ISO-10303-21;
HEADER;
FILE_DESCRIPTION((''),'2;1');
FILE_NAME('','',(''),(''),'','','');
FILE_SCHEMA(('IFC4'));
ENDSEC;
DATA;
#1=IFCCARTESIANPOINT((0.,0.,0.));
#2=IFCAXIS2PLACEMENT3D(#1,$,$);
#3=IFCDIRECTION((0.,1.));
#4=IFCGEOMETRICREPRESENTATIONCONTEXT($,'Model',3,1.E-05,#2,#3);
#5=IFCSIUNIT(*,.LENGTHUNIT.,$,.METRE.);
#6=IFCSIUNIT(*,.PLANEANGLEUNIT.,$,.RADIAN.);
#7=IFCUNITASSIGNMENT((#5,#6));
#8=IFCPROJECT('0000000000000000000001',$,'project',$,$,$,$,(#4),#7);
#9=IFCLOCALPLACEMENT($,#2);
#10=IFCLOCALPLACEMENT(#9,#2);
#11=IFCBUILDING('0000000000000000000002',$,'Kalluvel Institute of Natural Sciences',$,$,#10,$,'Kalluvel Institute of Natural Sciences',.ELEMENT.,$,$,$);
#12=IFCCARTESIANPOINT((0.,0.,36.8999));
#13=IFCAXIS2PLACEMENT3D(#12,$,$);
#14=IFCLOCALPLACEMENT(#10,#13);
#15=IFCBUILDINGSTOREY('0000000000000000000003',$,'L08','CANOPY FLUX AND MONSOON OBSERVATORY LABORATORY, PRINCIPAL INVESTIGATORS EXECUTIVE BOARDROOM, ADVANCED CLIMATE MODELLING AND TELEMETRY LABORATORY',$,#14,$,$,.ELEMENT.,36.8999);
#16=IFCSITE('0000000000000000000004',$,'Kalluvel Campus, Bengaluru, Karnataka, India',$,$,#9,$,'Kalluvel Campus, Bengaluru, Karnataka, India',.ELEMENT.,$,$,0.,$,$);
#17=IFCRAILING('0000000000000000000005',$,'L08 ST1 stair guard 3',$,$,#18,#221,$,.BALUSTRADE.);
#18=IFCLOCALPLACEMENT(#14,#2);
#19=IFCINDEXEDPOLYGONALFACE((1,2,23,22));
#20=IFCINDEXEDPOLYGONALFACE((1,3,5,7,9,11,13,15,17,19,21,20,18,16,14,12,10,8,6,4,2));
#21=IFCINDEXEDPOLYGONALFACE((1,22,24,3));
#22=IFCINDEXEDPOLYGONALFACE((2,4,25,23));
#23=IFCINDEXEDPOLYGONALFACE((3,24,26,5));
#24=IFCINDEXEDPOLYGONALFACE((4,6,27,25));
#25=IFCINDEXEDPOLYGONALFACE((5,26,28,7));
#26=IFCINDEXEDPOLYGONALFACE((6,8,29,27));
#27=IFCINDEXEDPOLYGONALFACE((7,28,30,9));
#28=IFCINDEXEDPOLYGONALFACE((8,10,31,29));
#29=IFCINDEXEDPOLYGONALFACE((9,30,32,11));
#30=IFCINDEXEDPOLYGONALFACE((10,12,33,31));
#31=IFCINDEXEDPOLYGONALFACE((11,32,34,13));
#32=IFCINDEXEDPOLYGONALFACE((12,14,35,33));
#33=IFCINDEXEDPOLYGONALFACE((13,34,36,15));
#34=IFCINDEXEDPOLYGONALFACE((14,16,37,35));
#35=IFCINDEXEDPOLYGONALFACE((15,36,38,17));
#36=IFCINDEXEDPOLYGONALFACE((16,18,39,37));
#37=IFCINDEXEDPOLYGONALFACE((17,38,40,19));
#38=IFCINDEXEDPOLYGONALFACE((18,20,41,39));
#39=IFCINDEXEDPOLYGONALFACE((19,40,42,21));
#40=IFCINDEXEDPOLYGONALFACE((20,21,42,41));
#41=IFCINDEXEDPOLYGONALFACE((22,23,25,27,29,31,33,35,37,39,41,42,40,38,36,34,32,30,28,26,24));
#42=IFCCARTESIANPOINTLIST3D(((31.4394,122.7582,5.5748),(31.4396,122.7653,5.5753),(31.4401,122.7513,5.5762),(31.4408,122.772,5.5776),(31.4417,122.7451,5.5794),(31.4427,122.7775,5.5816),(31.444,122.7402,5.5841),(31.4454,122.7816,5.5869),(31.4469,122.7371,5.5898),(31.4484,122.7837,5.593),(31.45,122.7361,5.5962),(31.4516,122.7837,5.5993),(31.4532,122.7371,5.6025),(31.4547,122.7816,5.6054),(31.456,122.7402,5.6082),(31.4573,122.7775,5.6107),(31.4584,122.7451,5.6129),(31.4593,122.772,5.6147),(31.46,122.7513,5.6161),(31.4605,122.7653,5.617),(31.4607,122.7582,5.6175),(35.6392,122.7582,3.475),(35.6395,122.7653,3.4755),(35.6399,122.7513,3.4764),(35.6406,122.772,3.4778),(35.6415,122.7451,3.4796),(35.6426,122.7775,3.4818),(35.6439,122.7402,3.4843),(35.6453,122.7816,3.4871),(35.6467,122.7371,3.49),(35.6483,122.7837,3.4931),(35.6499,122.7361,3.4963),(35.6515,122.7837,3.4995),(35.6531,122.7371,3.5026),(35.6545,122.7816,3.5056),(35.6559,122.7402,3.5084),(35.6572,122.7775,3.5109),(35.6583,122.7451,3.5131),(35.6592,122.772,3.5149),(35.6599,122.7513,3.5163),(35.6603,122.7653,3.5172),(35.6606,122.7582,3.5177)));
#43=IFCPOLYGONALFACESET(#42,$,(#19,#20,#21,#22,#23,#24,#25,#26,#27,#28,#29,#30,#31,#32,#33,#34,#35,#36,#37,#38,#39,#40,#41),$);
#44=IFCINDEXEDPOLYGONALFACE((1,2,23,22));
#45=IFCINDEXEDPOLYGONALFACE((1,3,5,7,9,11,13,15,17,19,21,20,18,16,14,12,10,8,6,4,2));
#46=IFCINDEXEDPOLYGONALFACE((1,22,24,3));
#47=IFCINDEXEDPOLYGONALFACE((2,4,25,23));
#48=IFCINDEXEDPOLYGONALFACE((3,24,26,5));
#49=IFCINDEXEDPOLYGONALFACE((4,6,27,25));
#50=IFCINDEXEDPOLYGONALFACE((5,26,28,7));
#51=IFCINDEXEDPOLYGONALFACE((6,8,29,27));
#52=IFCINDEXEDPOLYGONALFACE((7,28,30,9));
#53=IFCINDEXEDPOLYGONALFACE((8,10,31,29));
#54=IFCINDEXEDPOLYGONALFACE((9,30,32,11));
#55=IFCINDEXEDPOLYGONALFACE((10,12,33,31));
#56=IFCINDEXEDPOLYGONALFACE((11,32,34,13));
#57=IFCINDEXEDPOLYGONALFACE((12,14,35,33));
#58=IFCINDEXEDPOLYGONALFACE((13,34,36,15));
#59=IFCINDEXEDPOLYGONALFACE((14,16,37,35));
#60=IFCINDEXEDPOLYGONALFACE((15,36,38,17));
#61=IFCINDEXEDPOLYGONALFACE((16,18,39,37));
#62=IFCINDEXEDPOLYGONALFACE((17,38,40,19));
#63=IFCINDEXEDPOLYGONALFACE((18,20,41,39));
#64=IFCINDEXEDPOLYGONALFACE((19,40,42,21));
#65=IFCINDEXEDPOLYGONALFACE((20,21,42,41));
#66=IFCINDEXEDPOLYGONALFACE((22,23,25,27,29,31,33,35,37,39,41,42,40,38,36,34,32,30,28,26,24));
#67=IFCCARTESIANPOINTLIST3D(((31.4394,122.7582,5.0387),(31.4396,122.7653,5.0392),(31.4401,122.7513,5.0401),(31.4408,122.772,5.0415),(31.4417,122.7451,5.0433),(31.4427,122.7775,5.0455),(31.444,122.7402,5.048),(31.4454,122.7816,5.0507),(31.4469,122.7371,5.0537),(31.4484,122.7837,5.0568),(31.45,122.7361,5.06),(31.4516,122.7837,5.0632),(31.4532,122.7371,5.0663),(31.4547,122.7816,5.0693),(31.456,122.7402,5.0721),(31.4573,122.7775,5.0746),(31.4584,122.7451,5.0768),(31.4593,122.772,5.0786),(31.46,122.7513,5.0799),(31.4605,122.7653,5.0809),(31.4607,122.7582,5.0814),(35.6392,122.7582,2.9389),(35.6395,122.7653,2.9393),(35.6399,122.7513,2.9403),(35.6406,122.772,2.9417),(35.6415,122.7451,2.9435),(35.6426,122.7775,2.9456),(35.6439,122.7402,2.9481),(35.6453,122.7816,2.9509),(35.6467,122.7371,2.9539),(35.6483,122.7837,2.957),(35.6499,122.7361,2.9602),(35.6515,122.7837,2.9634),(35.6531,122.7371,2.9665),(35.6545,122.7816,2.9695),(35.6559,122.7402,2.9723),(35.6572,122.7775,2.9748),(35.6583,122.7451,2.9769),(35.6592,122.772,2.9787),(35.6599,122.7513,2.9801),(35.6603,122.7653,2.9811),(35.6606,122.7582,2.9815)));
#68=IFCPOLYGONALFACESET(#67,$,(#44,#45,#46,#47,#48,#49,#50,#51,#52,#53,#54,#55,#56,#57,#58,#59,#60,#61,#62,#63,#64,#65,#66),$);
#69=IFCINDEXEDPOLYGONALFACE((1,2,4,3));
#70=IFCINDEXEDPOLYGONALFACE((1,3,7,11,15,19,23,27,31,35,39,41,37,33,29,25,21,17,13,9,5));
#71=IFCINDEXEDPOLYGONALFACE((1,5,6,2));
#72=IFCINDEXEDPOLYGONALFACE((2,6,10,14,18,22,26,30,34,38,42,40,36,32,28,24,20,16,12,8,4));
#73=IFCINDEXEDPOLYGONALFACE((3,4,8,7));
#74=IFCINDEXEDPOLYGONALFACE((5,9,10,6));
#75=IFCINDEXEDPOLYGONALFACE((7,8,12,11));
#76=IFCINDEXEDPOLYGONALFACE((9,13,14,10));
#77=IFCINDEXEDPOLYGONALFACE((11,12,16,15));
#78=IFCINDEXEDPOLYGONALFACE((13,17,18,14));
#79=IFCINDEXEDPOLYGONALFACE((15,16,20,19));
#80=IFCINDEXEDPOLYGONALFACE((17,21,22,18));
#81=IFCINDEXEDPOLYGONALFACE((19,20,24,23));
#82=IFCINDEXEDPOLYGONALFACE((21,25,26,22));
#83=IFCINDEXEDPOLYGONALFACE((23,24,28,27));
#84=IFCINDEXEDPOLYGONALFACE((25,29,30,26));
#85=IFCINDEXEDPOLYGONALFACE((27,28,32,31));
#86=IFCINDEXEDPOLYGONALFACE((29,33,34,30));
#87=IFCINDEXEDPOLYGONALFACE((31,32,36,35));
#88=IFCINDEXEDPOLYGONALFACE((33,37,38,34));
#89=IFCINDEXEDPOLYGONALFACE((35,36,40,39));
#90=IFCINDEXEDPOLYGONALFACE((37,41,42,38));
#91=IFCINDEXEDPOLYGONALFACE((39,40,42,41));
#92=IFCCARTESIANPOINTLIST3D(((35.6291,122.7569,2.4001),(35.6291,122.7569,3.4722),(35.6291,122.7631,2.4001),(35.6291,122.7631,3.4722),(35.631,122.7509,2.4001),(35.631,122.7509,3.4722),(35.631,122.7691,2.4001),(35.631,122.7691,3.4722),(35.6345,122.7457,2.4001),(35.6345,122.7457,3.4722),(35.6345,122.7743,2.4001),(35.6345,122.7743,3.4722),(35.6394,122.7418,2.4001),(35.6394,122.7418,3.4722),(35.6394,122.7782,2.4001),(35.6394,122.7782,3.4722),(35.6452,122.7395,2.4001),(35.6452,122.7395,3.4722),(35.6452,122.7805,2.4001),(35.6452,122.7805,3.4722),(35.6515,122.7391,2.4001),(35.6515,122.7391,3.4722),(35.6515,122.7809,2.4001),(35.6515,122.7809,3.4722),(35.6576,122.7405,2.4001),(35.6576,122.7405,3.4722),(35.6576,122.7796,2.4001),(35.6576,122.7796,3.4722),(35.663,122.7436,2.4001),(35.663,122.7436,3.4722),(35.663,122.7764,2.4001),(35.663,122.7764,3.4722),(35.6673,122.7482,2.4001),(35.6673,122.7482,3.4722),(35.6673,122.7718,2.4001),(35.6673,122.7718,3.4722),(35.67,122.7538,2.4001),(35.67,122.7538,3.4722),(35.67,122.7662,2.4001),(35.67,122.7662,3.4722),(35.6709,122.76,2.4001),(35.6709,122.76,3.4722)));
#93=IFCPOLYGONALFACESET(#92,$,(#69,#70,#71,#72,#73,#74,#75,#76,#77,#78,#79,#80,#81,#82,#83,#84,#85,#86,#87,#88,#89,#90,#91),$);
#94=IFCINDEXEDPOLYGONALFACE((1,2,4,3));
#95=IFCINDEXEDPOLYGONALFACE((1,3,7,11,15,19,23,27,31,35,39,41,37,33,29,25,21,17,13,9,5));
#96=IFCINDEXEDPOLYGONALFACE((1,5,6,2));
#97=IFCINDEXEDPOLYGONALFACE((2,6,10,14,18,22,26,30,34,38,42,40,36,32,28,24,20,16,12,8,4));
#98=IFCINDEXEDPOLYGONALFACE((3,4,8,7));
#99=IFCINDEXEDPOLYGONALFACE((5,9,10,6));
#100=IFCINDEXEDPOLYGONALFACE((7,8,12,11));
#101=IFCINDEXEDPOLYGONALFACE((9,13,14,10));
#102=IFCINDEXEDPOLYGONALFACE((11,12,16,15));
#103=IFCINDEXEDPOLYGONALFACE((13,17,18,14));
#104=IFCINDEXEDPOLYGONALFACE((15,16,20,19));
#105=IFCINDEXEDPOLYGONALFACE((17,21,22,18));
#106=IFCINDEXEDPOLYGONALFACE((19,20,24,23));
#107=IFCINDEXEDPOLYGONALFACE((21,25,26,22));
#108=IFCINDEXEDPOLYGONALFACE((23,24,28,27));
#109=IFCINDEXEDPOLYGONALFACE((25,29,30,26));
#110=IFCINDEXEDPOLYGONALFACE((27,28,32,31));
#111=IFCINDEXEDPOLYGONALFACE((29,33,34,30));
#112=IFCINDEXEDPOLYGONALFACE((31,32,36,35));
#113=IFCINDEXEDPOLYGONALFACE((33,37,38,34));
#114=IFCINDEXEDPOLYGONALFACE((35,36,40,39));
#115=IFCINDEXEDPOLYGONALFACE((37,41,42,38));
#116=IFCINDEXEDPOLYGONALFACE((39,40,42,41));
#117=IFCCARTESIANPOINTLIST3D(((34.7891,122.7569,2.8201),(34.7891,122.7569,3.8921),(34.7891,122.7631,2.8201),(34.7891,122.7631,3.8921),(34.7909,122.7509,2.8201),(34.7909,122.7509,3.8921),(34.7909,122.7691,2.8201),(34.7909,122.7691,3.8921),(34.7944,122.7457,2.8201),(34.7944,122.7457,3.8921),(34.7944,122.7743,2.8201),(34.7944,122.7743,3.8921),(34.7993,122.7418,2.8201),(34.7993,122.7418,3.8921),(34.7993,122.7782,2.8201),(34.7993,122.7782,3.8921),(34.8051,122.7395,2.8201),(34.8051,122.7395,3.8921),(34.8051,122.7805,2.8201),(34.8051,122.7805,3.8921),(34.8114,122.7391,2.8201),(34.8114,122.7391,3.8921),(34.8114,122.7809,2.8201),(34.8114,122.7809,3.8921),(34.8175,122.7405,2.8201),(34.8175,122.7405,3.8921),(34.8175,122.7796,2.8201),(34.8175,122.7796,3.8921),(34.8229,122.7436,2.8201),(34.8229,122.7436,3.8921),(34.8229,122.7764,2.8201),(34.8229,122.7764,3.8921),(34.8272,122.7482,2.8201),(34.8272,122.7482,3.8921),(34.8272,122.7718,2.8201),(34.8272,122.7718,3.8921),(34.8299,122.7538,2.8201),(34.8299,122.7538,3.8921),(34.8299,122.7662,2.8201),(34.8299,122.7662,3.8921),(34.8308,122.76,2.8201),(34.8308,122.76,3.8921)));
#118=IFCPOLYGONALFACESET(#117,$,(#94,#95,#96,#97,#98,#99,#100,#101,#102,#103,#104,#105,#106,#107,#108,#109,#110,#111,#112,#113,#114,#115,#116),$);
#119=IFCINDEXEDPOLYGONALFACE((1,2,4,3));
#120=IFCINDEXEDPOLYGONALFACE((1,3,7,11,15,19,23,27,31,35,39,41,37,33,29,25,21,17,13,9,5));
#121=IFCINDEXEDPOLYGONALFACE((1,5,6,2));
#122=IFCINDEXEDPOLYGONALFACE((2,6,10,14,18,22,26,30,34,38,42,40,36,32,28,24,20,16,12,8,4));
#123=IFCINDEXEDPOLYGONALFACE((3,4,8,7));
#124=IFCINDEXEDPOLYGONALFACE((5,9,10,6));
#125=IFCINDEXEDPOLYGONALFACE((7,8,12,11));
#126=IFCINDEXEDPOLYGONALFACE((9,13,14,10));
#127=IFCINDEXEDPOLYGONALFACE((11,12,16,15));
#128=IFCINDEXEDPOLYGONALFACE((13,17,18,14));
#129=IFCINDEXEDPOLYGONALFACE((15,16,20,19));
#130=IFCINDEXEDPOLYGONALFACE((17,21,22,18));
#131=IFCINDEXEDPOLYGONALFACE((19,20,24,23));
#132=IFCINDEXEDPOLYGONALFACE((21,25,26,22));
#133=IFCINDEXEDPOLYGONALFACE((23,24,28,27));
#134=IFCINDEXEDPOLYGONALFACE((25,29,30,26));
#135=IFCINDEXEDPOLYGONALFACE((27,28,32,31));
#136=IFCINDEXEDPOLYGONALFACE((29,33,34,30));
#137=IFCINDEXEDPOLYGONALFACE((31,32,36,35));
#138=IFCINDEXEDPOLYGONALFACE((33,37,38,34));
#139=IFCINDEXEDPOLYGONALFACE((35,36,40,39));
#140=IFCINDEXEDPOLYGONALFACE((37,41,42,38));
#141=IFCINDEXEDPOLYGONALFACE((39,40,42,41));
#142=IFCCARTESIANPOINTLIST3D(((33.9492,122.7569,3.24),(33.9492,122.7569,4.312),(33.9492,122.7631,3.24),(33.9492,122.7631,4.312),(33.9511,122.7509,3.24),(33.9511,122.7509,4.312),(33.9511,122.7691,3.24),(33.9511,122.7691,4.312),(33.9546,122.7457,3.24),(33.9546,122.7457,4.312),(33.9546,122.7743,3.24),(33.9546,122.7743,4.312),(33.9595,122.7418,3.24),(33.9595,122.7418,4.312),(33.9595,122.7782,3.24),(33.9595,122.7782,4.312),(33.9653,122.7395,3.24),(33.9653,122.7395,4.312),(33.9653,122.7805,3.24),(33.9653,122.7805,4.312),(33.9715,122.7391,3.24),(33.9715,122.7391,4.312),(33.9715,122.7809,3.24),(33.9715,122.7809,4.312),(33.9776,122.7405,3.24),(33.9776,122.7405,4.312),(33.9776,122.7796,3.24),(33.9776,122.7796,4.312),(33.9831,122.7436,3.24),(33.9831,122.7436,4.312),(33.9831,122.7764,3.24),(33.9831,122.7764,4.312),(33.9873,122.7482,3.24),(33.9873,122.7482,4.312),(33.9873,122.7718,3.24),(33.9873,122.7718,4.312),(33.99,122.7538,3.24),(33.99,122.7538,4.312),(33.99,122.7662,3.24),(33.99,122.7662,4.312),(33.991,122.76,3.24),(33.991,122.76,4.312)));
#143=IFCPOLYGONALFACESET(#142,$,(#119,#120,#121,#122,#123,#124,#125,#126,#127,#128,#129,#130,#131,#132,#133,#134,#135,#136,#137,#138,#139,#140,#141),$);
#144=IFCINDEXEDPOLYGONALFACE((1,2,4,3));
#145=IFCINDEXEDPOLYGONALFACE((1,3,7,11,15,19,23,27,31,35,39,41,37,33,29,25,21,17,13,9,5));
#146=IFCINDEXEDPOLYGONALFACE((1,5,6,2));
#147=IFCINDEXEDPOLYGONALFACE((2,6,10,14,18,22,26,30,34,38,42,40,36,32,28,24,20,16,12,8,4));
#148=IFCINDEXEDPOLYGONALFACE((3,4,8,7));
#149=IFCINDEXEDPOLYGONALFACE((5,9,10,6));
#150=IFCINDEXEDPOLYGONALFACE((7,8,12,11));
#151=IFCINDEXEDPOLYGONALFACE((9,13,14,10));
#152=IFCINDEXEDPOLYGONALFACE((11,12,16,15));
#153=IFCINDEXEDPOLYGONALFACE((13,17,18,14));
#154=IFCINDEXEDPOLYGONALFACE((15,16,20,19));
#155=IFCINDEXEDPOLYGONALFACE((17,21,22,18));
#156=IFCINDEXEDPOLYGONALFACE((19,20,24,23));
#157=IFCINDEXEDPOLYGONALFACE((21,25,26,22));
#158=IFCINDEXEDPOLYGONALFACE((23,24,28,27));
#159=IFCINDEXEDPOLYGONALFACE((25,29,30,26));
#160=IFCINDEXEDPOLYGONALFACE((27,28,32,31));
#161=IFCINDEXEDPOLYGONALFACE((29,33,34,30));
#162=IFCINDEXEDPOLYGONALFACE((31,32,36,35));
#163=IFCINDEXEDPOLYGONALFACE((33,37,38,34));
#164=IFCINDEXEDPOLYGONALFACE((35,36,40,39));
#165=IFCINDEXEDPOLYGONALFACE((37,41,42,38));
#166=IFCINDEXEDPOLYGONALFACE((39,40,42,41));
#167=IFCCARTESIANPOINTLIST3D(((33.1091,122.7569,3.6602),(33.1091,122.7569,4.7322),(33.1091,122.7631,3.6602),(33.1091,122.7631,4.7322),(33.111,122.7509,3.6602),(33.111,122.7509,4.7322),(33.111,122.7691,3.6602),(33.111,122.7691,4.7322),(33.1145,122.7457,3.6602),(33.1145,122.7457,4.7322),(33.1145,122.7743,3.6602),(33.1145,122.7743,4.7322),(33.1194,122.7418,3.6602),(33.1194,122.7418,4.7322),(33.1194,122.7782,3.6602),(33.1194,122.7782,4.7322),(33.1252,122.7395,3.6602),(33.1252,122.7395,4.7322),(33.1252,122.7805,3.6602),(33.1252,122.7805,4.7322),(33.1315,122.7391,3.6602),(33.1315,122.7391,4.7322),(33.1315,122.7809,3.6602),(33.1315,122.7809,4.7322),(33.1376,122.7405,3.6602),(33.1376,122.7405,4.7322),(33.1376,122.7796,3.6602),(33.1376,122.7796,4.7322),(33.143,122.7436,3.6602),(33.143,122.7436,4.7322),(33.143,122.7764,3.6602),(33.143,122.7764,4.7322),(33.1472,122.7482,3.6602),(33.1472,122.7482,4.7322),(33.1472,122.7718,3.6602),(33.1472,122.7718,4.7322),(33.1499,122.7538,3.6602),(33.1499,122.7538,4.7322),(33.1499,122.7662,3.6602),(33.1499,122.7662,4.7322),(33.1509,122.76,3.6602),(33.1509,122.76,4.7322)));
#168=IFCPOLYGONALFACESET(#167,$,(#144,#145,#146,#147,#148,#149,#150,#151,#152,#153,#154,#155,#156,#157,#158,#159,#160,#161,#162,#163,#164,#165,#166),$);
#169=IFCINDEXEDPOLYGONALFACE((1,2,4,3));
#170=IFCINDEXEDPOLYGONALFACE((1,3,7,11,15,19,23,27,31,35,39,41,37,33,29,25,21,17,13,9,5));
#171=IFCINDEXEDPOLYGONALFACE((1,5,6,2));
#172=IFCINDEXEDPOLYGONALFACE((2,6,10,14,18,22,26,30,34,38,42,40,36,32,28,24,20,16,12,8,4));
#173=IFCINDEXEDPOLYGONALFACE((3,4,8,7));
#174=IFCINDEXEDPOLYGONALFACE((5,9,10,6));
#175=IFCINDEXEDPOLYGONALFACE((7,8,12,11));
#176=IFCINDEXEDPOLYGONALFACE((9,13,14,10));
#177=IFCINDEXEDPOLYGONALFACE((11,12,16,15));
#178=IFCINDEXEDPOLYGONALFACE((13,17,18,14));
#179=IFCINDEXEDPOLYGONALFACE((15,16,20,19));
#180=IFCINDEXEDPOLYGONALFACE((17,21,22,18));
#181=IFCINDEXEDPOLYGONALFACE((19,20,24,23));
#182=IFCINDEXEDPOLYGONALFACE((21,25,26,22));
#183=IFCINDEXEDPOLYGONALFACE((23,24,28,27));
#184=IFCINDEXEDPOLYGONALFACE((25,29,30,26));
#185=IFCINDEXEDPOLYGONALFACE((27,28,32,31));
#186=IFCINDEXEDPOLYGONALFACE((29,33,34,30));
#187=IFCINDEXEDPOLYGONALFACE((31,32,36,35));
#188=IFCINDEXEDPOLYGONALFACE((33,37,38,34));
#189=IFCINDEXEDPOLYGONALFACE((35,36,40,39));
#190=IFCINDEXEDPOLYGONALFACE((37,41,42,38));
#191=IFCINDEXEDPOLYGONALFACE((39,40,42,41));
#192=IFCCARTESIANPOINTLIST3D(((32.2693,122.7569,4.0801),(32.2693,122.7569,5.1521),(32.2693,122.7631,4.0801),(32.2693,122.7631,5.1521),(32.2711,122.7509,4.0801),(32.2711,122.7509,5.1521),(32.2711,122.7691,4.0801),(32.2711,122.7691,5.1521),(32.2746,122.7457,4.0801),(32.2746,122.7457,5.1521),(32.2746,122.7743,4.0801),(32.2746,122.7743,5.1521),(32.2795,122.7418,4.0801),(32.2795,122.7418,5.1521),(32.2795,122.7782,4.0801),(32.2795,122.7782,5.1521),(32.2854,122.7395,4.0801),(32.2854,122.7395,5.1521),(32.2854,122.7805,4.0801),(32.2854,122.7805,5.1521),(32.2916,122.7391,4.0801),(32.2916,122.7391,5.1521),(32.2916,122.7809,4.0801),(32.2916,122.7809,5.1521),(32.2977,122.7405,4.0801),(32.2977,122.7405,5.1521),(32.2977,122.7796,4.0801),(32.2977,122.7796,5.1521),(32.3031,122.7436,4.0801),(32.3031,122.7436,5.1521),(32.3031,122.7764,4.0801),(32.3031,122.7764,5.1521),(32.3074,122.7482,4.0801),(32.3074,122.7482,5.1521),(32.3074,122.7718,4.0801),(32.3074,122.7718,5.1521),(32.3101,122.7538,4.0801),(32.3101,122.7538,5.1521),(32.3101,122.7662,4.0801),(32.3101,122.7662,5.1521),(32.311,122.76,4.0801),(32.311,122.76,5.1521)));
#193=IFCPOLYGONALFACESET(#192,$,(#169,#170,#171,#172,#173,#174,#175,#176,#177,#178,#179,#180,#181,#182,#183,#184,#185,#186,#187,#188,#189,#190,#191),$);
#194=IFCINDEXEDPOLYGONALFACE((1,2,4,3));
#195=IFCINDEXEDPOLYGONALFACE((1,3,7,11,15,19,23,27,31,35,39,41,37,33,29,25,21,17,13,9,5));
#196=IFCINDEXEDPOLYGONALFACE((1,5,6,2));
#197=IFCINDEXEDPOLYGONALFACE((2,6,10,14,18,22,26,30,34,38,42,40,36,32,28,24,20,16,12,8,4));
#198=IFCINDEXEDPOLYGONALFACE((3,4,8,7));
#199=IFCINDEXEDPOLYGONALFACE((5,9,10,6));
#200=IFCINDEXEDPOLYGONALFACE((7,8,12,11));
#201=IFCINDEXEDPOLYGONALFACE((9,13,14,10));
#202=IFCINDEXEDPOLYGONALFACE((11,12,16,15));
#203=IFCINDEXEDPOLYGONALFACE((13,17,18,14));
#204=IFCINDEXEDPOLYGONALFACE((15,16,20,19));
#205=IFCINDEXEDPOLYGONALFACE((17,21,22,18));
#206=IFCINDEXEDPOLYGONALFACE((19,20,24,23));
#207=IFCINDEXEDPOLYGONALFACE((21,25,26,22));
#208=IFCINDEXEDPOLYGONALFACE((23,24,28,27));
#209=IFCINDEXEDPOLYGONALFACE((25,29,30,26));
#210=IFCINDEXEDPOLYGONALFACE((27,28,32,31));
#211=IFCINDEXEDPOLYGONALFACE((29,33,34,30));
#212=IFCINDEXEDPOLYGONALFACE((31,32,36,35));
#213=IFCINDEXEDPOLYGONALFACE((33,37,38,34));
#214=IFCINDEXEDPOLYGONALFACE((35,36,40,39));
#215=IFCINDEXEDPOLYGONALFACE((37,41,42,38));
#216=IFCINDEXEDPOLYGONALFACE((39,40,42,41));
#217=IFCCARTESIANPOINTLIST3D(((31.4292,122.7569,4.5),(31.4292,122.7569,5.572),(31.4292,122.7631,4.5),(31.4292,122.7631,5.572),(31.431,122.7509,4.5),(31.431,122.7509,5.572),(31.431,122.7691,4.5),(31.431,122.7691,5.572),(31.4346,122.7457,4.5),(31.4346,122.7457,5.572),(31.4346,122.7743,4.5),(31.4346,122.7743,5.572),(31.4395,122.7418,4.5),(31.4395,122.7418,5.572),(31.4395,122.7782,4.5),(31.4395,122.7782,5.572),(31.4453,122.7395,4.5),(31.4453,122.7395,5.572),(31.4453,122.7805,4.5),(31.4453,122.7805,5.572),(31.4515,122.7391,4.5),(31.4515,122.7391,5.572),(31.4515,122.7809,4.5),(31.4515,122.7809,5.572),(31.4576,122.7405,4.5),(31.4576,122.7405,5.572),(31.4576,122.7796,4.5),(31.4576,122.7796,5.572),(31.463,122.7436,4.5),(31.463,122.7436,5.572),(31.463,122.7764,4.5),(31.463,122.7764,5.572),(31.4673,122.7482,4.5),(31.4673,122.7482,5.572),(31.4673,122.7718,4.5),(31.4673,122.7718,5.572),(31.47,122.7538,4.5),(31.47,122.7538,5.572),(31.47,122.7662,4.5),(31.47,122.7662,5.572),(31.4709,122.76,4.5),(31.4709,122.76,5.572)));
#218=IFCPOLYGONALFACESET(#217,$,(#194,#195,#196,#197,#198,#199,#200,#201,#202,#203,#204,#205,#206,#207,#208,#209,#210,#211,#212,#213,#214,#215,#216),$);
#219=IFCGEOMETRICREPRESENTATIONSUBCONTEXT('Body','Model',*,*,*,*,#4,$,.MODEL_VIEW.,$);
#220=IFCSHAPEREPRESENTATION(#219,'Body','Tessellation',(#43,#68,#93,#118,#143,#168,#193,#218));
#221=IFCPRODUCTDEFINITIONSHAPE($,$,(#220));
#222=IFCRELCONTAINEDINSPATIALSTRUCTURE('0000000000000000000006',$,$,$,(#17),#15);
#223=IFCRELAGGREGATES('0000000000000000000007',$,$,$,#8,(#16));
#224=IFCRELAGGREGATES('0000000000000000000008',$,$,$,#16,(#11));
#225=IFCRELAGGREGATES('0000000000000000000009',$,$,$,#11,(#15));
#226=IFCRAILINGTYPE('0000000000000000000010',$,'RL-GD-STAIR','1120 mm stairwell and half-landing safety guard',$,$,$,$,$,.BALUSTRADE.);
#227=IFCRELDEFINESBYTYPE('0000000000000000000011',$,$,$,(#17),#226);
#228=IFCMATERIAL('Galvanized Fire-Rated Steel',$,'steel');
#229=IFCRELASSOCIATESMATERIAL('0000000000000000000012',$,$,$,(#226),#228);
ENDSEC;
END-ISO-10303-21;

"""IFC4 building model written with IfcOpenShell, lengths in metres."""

from ifc_helpers import new_model, si_unit, direction, frame, origin, origin_2d, place, context, subcontext, project, spatial, circle, extrude, material, type_object, element, save


model = new_model("IFC4")

# Units and contexts
model_context = context("Model", 3, precision=1e-05, world=origin(), true_north=direction((0.0, 1.0)))
body_context = subcontext(model_context, "Body", "Model", "MODEL_VIEW")
ifc_project = project(units=[si_unit("LENGTHUNIT", "METRE"), si_unit("PLANEANGLEUNIT", "RADIAN")], contexts=[model_context])

# Site, building, storey
site_placement = place(None, origin())
site = spatial("IfcSite", under=ifc_project, at=site_placement, Name="Kalluvel Campus, Bengaluru, Karnataka, India", LongName="Kalluvel Campus, Bengaluru, Karnataka, India", CompositionType="ELEMENT", RefElevation=0.0)
building_placement = place(site_placement, origin())
building = spatial("IfcBuilding", under=site, at=building_placement, Name="Kalluvel Institute of Natural Sciences", LongName="Kalluvel Institute of Natural Sciences", CompositionType="ELEMENT")
storey_placement = place(building_placement, frame((0.0, 0.0, 36.8999)))
storey = spatial("IfcBuildingStorey", under=building, at=storey_placement, Name="L08", Description="CANOPY FLUX AND MONSOON OBSERVATORY LABORATORY, PRINCIPAL INVESTIGATORS EXECUTIVE BOARDROOM, ADVANCED CLIMATE MODELLING AND TELEMETRY LABORATORY", CompositionType="ELEMENT", Elevation=36.8999)

# Railing
ifc_material_1 = material(Name="Galvanized Fire-Rated Steel", Category="steel")
railing_type_1 = type_object("IfcRailingType", Name="RL-GD-STAIR", Description="1120 mm stairwell and half-landing safety guard", PredefinedType="BALUSTRADE", material=ifc_material_1)
railing_1_placement = place(storey_placement, frame((35.6499, 122.76, 2.4001)))
element("IfcRailing", 1, at=railing_1_placement, inside=storey, type_object=railing_type_1, Name="L08 ST1 stair guard 3", PredefinedType="BALUSTRADE", context=body_context, shape_type="SweptSolid", body=[
    extrude(circle(Radius=0.0239, at=origin_2d()), frame((0.0, 0.0, 1.0962), z_axis=(-0.894438, 0.0, 0.447193), x_axis=(0.0, -1.0, 0.0)), (0.0, 0.0, 1.0), 4.6956),
    extrude(circle(Radius=0.0239, at=origin_2d()), frame((0.0, 0.0, 0.5601), z_axis=(-0.894438, 0.0, 0.447193), x_axis=(0.0, -1.0, 0.0)), (0.0, 0.0, 1.0), 4.6956),
    extrude(circle(Radius=0.021, at=origin_2d()), origin(), (0.0, 0.0, 1.0), 1.072),
    extrude(circle(Radius=0.021, at=origin_2d()), frame((-0.8401, 0.0, 0.4199)), (0.0, 0.0, 1.0), 1.072),
    extrude(circle(Radius=0.021, at=origin_2d()), frame((-1.6799, 0.0, 0.8398)), (0.0, 0.0, 1.0), 1.072),
    extrude(circle(Radius=0.021, at=origin_2d()), frame((-2.52, 0.0, 1.26)), (0.0, 0.0, 1.0), 1.072),
    extrude(circle(Radius=0.021, at=origin_2d()), frame((-3.3599, 0.0, 1.6799)), (0.0, 0.0, 1.0), 1.072),
    extrude(circle(Radius=0.021, at=origin_2d()), frame((-4.2, 0.0, 2.0999)), (0.0, 0.0, 1.0), 1.072),
])

save(model, "model.ifc")
